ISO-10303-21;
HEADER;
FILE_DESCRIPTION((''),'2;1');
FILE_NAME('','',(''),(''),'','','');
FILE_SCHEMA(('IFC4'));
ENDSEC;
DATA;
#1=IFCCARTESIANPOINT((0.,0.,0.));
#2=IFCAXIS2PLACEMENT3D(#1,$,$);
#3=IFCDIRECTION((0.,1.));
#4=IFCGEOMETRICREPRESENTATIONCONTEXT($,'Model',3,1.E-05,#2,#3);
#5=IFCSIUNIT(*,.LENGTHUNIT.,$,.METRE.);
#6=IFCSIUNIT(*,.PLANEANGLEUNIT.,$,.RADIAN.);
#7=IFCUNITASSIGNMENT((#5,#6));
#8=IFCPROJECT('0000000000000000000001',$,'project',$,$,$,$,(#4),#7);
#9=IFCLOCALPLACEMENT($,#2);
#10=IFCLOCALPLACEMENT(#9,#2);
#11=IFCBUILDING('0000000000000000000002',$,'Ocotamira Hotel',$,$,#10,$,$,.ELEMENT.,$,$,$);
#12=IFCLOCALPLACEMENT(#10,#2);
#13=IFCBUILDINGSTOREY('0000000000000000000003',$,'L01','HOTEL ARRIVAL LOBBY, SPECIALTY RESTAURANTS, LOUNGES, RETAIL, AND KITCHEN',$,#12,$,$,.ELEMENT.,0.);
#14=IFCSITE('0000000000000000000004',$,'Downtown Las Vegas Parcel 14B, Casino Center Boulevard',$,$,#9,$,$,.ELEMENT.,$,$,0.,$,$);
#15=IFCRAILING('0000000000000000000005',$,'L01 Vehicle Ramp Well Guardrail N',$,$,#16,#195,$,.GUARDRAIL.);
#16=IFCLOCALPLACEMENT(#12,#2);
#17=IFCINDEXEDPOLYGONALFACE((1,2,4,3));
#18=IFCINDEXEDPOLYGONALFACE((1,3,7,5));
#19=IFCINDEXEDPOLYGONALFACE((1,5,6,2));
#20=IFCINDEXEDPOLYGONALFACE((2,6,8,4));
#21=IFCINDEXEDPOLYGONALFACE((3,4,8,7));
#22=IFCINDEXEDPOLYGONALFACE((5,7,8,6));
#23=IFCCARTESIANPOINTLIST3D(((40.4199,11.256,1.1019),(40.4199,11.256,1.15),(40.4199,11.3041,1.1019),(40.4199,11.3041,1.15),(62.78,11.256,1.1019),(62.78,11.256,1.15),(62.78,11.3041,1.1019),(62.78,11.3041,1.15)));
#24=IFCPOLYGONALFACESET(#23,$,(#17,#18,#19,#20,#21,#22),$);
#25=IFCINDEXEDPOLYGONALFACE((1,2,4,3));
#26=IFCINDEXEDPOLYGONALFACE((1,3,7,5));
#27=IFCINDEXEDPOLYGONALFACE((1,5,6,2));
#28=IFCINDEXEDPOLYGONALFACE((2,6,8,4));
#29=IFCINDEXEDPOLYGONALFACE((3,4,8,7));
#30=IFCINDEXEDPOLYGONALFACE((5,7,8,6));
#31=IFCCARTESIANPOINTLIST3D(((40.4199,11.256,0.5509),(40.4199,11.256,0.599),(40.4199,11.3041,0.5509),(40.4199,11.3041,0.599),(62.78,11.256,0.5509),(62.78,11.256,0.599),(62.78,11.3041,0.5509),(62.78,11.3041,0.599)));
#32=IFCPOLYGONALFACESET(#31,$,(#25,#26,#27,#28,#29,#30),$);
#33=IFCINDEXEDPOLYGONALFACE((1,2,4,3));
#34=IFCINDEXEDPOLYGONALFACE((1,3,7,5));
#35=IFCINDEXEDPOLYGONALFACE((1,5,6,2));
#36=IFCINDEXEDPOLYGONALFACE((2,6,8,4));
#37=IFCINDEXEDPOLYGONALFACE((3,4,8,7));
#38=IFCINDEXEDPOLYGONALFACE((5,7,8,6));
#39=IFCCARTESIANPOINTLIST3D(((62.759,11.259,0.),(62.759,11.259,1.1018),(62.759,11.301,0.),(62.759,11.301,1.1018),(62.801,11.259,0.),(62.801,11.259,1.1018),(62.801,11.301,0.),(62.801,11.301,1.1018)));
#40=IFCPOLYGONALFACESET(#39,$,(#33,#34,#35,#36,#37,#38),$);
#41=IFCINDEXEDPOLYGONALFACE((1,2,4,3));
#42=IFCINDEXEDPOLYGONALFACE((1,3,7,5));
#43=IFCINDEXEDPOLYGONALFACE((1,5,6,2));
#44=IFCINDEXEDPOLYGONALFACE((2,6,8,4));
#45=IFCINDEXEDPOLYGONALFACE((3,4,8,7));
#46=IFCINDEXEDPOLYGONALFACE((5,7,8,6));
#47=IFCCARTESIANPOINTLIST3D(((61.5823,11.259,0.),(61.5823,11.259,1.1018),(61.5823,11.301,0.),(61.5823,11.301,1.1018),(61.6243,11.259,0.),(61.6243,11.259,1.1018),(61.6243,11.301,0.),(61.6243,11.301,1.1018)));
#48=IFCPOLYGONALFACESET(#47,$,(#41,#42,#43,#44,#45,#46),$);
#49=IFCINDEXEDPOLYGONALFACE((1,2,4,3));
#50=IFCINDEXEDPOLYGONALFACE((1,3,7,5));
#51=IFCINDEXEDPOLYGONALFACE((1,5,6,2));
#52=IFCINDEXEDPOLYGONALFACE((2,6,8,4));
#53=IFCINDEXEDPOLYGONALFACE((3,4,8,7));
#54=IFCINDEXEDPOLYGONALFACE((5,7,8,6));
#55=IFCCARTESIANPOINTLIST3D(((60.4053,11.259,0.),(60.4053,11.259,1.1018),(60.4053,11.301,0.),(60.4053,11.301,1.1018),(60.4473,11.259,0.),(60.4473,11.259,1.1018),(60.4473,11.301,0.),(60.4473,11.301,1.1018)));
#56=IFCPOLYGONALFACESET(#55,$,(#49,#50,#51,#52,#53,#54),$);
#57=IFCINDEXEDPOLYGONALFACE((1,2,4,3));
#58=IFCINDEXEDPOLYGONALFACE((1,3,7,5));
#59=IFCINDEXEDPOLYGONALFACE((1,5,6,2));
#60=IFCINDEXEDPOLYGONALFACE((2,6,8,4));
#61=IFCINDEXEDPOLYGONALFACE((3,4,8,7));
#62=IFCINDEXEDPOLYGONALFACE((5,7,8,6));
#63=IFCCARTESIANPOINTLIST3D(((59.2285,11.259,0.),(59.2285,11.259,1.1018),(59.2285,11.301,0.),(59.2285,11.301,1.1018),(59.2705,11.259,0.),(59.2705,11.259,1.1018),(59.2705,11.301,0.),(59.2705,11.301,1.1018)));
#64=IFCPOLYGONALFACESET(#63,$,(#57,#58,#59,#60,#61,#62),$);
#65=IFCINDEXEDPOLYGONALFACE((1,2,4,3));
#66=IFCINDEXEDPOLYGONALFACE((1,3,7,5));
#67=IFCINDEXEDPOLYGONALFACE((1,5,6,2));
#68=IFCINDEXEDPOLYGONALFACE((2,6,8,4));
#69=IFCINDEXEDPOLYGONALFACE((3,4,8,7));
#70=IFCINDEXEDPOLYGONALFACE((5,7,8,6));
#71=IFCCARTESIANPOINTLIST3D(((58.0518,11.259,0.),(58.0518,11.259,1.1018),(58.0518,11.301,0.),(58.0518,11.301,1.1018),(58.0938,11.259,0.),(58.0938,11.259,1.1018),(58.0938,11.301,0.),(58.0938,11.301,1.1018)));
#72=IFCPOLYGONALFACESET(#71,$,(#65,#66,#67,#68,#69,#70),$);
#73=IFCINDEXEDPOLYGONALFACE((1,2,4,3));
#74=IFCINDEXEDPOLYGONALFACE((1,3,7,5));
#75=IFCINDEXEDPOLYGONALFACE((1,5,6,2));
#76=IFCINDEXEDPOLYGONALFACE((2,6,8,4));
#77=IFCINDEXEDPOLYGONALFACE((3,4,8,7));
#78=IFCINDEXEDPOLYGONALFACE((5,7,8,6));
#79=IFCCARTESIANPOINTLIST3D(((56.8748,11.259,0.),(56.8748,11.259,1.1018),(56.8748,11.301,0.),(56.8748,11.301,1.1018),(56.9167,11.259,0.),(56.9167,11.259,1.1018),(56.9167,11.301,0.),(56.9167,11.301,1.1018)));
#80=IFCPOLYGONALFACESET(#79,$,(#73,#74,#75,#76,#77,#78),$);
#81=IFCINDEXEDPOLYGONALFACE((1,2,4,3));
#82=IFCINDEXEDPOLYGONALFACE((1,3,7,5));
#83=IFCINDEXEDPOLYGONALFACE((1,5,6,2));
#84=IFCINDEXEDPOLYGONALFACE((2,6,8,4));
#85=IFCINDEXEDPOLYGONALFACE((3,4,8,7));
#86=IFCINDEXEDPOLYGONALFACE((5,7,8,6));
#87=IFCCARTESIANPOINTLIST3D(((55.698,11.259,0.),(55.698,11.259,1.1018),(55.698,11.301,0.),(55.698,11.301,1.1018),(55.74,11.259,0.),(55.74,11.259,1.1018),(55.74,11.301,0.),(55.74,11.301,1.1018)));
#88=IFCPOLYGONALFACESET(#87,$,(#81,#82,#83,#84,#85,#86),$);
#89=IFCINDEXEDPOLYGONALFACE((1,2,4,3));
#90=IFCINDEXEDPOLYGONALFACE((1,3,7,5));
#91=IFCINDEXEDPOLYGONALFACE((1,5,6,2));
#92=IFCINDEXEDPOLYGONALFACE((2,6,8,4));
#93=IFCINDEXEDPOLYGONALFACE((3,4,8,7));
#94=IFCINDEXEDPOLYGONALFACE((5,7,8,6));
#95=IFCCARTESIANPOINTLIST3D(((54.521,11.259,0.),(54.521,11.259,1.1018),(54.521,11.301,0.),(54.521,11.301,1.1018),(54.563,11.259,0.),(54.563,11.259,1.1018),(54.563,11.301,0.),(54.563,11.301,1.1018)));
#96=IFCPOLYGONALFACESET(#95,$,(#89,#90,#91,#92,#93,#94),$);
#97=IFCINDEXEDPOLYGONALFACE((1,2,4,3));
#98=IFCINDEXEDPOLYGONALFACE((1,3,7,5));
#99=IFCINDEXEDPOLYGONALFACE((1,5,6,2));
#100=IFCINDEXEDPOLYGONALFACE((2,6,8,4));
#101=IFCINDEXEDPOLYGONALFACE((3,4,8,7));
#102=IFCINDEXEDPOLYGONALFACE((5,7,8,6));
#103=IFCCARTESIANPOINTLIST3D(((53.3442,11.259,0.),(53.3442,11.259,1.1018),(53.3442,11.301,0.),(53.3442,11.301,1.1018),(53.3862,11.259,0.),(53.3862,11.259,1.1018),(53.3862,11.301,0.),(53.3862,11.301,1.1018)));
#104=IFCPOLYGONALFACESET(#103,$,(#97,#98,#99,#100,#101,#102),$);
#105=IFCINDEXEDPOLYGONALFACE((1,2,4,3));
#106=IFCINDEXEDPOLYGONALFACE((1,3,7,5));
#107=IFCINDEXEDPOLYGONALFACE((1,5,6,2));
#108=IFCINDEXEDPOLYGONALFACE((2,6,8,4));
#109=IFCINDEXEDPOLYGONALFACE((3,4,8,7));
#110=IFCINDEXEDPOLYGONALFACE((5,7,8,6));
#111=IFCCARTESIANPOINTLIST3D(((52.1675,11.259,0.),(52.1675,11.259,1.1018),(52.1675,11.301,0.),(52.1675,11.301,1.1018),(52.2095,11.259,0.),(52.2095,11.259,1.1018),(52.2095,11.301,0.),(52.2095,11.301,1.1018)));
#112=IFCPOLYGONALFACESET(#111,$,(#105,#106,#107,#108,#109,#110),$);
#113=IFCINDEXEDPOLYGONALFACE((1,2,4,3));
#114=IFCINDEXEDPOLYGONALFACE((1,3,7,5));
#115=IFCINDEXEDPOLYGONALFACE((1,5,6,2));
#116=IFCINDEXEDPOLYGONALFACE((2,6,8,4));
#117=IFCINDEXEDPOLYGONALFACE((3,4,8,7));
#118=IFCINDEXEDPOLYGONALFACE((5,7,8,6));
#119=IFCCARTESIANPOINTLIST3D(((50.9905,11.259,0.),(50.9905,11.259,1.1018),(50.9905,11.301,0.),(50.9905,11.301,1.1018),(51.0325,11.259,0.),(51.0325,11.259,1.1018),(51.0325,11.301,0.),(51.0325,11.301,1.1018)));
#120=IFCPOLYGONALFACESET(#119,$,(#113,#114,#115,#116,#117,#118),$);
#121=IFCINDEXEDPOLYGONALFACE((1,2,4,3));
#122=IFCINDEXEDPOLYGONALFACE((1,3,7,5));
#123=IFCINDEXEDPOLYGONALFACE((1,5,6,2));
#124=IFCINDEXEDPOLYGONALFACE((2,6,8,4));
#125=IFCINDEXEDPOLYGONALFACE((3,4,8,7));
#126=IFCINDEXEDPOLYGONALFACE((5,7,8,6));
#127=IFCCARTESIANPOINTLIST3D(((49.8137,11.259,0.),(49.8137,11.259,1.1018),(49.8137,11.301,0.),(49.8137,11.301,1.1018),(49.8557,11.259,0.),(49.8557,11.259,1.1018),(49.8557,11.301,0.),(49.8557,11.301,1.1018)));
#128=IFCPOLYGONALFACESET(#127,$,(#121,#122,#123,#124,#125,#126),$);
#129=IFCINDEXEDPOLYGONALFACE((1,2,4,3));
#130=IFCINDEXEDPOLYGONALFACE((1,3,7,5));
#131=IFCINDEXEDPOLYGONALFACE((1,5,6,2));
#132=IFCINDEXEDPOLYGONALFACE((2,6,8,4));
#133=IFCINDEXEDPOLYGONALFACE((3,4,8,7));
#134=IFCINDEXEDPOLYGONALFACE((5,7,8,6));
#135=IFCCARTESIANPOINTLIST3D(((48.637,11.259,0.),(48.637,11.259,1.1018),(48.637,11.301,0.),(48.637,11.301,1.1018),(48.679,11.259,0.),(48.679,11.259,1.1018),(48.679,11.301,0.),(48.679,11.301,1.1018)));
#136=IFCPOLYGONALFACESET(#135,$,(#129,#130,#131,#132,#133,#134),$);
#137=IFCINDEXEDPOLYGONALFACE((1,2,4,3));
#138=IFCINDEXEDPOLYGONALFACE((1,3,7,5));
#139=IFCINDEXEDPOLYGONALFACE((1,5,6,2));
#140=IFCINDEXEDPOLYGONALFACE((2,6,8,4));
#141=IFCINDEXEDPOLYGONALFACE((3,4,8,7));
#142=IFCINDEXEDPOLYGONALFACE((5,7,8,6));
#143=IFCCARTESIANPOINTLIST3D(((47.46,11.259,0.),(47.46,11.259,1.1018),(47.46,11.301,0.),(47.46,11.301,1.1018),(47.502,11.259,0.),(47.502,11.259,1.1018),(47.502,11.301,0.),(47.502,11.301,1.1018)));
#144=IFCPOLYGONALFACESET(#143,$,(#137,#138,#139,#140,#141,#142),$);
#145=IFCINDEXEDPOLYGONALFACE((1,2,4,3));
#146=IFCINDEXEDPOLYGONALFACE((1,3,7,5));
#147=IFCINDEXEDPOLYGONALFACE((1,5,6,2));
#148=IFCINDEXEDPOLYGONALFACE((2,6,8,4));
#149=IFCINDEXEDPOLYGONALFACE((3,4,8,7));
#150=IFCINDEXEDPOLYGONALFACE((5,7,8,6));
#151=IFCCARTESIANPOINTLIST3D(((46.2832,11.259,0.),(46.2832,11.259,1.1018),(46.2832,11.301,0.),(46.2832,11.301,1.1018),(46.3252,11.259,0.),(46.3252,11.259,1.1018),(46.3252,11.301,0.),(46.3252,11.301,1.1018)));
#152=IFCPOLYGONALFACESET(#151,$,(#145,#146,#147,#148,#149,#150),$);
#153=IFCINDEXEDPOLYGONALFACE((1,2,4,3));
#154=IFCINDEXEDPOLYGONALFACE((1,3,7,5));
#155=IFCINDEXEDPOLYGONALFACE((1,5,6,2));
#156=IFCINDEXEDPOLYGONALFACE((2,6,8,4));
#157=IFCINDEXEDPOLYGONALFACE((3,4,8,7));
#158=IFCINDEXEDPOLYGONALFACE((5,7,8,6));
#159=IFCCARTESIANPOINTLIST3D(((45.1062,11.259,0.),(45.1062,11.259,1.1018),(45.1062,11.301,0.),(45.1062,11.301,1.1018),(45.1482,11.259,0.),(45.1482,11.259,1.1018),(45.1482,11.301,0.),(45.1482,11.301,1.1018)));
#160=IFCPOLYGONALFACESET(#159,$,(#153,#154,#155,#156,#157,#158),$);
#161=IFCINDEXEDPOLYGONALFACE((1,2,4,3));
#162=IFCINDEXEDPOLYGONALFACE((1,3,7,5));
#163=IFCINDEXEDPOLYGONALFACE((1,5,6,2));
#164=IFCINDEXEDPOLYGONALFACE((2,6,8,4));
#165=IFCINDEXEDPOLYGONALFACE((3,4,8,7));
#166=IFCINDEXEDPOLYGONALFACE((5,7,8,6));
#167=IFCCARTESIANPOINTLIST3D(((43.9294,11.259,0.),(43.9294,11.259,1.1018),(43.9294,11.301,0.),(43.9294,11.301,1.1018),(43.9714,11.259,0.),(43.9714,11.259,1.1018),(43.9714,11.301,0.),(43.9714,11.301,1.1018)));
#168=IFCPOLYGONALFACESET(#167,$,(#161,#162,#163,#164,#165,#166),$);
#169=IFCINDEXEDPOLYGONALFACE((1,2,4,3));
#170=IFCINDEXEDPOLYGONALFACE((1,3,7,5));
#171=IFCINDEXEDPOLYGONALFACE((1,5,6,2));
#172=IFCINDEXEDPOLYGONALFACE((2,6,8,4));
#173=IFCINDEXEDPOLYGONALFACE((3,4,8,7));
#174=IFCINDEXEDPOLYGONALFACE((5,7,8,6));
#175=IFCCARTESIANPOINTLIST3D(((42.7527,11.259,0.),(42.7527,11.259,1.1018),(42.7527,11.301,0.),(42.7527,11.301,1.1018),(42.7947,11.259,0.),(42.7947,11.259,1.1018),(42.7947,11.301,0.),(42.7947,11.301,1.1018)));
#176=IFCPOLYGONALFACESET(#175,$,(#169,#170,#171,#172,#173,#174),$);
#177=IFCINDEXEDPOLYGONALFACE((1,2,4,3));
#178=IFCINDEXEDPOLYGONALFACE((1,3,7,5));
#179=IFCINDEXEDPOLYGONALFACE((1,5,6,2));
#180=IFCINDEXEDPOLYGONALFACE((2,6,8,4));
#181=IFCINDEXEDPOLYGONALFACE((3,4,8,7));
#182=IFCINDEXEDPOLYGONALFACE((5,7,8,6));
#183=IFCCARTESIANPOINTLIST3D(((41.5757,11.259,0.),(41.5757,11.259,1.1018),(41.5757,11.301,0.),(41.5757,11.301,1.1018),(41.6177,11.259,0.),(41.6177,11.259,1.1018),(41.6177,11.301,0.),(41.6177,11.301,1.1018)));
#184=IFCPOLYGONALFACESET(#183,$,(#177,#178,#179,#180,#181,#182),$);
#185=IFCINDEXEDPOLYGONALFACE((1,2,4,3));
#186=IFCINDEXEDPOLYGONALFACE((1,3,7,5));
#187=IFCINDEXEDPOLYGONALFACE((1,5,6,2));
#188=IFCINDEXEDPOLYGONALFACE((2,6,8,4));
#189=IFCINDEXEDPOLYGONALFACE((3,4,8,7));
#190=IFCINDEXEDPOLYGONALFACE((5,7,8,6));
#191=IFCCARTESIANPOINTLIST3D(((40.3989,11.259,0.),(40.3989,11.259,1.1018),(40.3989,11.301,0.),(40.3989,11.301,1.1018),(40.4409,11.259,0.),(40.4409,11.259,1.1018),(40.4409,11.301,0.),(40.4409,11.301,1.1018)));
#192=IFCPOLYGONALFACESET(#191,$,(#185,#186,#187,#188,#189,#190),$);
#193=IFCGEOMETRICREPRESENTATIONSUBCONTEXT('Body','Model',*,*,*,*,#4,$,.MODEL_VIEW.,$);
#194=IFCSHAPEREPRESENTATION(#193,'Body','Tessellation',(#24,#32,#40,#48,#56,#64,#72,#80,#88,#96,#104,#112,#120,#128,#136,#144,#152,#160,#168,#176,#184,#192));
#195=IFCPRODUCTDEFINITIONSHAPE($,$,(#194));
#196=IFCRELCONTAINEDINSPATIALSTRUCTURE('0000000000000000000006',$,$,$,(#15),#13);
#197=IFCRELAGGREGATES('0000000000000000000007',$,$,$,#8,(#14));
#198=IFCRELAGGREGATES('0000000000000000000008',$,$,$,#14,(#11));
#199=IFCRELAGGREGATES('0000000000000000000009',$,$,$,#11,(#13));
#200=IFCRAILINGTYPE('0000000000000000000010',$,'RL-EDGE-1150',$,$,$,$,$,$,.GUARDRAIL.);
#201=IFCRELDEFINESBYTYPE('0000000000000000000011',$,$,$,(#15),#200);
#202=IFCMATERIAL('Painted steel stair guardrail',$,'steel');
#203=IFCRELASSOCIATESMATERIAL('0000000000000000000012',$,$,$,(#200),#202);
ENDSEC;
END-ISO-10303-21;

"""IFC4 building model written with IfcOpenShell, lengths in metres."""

from ifc_helpers import new_model, si_unit, direction, frame, origin, origin_2d, place, context, subcontext, project, spatial, rectangle, extrude, material, type_object, element, save


model = new_model("IFC4")

# Units and contexts
model_context = context("Model", 3, precision=1e-05, world=origin(), true_north=direction((0.0, 1.0)))
body_context = subcontext(model_context, "Body", "Model", "MODEL_VIEW")
ifc_project = project(units=[si_unit("LENGTHUNIT", "METRE"), si_unit("PLANEANGLEUNIT", "RADIAN")], contexts=[model_context])

# Site, building, storey
site_placement = place(None, origin())
site = spatial("IfcSite", under=ifc_project, at=site_placement, Name="Downtown Las Vegas Parcel 14B, Casino Center Boulevard", CompositionType="ELEMENT", RefElevation=0.0)
building_placement = place(site_placement, origin())
building = spatial("IfcBuilding", under=site, at=building_placement, Name="Ocotamira Hotel", CompositionType="ELEMENT")
storey_placement = place(building_placement, origin())
storey = spatial("IfcBuildingStorey", under=building, at=storey_placement, Name="L01", Description="HOTEL ARRIVAL LOBBY, SPECIALTY RESTAURANTS, LOUNGES, RETAIL, AND KITCHEN", CompositionType="ELEMENT", Elevation=0.0)

# Railing
ifc_material_1 = material(Name="Painted steel stair guardrail", Category="steel")
railing_type = type_object("IfcRailingType", Name="RL-EDGE-1150", PredefinedType="GUARDRAIL", material=ifc_material_1)
railing_1_placement = place(storey_placement, frame((62.78, 11.28, 0.0)))
element("IfcRailing", 1, at=railing_1_placement, inside=storey, type_object=railing_type, Name="L01 Vehicle Ramp Well Guardrail N", PredefinedType="GUARDRAIL", context=body_context, shape_type="SweptSolid", body=[
    extrude(rectangle(XDim=0.0481, YDim=0.0481, at=origin_2d()), frame((0.0, 0.0, 1.126), z_axis=(-1.0, 0.0, 0.0), x_axis=(0.0, -1.0, 0.0)), (0.0, 0.0, 1.0), 22.3601),
    extrude(rectangle(XDim=0.0481, YDim=0.0481, at=origin_2d()), frame((0.0, 0.0, 0.575), z_axis=(-1.0, 0.0, 0.0), x_axis=(0.0, -1.0, 0.0)), (0.0, 0.0, 1.0), 22.3601),
    extrude(rectangle(XDim=0.042, YDim=0.042, at=origin_2d()), origin(), (0.0, 0.0, 1.0), 1.1018),
    extrude(rectangle(XDim=0.042, YDim=0.042, at=origin_2d()), frame((-1.1768, 0.0, 0.0)), (0.0, 0.0, 1.0), 1.1018),
    extrude(rectangle(XDim=0.042, YDim=0.042, at=origin_2d()), frame((-2.3538, 0.0, 0.0)), (0.0, 0.0, 1.0), 1.1018),
    extrude(rectangle(XDim=0.042, YDim=0.042, at=origin_2d()), frame((-3.5305, 0.0, 0.0)), (0.0, 0.0, 1.0), 1.1018),
    extrude(rectangle(XDim=0.042, YDim=0.042, at=origin_2d()), frame((-4.7073, 0.0, 0.0)), (0.0, 0.0, 1.0), 1.1018),
    extrude(rectangle(XDim=0.042, YDim=0.042, at=origin_2d()), frame((-5.8843, 0.0, 0.0)), (0.0, 0.0, 1.0), 1.1018),
    extrude(rectangle(XDim=0.042, YDim=0.042, at=origin_2d()), frame((-7.061, 0.0, 0.0)), (0.0, 0.0, 1.0), 1.1018),
    extrude(rectangle(XDim=0.042, YDim=0.042, at=origin_2d()), frame((-8.238, 0.0, 0.0)), (0.0, 0.0, 1.0), 1.1018),
    extrude(rectangle(XDim=0.042, YDim=0.042, at=origin_2d()), frame((-9.4148, 0.0, 0.0)), (0.0, 0.0, 1.0), 1.1018),
    extrude(rectangle(XDim=0.042, YDim=0.042, at=origin_2d()), frame((-10.5916, 0.0, 0.0)), (0.0, 0.0, 1.0), 1.1018),
    extrude(rectangle(XDim=0.042, YDim=0.042, at=origin_2d()), frame((-11.7686, 0.0, 0.0)), (0.0, 0.0, 1.0), 1.1018),
    extrude(rectangle(XDim=0.042, YDim=0.042, at=origin_2d()), frame((-12.9453, 0.0, 0.0)), (0.0, 0.0, 1.0), 1.1018),
    extrude(rectangle(XDim=0.042, YDim=0.042, at=origin_2d()), frame((-14.1221, 0.0, 0.0)), (0.0, 0.0, 1.0), 1.1018),
    extrude(rectangle(XDim=0.042, YDim=0.042, at=origin_2d()), frame((-15.2991, 0.0, 0.0)), (0.0, 0.0, 1.0), 1.1018),
    extrude(rectangle(XDim=0.042, YDim=0.042, at=origin_2d()), frame((-16.4758, 0.0, 0.0)), (0.0, 0.0, 1.0), 1.1018),
    extrude(rectangle(XDim=0.042, YDim=0.042, at=origin_2d()), frame((-17.6528, 0.0, 0.0)), (0.0, 0.0, 1.0), 1.1018),
    extrude(rectangle(XDim=0.042, YDim=0.042, at=origin_2d()), frame((-18.8296, 0.0, 0.0)), (0.0, 0.0, 1.0), 1.1018),
    extrude(rectangle(XDim=0.042, YDim=0.042, at=origin_2d()), frame((-20.0063, 0.0, 0.0)), (0.0, 0.0, 1.0), 1.1018),
    extrude(rectangle(XDim=0.042, YDim=0.042, at=origin_2d()), frame((-21.1833, 0.0, 0.0)), (0.0, 0.0, 1.0), 1.1018),
    extrude(rectangle(XDim=0.042, YDim=0.042, at=origin_2d()), frame((-22.3601, 0.0, 0.0)), (0.0, 0.0, 1.0), 1.1018),
])

save(model, "model.ifc")
